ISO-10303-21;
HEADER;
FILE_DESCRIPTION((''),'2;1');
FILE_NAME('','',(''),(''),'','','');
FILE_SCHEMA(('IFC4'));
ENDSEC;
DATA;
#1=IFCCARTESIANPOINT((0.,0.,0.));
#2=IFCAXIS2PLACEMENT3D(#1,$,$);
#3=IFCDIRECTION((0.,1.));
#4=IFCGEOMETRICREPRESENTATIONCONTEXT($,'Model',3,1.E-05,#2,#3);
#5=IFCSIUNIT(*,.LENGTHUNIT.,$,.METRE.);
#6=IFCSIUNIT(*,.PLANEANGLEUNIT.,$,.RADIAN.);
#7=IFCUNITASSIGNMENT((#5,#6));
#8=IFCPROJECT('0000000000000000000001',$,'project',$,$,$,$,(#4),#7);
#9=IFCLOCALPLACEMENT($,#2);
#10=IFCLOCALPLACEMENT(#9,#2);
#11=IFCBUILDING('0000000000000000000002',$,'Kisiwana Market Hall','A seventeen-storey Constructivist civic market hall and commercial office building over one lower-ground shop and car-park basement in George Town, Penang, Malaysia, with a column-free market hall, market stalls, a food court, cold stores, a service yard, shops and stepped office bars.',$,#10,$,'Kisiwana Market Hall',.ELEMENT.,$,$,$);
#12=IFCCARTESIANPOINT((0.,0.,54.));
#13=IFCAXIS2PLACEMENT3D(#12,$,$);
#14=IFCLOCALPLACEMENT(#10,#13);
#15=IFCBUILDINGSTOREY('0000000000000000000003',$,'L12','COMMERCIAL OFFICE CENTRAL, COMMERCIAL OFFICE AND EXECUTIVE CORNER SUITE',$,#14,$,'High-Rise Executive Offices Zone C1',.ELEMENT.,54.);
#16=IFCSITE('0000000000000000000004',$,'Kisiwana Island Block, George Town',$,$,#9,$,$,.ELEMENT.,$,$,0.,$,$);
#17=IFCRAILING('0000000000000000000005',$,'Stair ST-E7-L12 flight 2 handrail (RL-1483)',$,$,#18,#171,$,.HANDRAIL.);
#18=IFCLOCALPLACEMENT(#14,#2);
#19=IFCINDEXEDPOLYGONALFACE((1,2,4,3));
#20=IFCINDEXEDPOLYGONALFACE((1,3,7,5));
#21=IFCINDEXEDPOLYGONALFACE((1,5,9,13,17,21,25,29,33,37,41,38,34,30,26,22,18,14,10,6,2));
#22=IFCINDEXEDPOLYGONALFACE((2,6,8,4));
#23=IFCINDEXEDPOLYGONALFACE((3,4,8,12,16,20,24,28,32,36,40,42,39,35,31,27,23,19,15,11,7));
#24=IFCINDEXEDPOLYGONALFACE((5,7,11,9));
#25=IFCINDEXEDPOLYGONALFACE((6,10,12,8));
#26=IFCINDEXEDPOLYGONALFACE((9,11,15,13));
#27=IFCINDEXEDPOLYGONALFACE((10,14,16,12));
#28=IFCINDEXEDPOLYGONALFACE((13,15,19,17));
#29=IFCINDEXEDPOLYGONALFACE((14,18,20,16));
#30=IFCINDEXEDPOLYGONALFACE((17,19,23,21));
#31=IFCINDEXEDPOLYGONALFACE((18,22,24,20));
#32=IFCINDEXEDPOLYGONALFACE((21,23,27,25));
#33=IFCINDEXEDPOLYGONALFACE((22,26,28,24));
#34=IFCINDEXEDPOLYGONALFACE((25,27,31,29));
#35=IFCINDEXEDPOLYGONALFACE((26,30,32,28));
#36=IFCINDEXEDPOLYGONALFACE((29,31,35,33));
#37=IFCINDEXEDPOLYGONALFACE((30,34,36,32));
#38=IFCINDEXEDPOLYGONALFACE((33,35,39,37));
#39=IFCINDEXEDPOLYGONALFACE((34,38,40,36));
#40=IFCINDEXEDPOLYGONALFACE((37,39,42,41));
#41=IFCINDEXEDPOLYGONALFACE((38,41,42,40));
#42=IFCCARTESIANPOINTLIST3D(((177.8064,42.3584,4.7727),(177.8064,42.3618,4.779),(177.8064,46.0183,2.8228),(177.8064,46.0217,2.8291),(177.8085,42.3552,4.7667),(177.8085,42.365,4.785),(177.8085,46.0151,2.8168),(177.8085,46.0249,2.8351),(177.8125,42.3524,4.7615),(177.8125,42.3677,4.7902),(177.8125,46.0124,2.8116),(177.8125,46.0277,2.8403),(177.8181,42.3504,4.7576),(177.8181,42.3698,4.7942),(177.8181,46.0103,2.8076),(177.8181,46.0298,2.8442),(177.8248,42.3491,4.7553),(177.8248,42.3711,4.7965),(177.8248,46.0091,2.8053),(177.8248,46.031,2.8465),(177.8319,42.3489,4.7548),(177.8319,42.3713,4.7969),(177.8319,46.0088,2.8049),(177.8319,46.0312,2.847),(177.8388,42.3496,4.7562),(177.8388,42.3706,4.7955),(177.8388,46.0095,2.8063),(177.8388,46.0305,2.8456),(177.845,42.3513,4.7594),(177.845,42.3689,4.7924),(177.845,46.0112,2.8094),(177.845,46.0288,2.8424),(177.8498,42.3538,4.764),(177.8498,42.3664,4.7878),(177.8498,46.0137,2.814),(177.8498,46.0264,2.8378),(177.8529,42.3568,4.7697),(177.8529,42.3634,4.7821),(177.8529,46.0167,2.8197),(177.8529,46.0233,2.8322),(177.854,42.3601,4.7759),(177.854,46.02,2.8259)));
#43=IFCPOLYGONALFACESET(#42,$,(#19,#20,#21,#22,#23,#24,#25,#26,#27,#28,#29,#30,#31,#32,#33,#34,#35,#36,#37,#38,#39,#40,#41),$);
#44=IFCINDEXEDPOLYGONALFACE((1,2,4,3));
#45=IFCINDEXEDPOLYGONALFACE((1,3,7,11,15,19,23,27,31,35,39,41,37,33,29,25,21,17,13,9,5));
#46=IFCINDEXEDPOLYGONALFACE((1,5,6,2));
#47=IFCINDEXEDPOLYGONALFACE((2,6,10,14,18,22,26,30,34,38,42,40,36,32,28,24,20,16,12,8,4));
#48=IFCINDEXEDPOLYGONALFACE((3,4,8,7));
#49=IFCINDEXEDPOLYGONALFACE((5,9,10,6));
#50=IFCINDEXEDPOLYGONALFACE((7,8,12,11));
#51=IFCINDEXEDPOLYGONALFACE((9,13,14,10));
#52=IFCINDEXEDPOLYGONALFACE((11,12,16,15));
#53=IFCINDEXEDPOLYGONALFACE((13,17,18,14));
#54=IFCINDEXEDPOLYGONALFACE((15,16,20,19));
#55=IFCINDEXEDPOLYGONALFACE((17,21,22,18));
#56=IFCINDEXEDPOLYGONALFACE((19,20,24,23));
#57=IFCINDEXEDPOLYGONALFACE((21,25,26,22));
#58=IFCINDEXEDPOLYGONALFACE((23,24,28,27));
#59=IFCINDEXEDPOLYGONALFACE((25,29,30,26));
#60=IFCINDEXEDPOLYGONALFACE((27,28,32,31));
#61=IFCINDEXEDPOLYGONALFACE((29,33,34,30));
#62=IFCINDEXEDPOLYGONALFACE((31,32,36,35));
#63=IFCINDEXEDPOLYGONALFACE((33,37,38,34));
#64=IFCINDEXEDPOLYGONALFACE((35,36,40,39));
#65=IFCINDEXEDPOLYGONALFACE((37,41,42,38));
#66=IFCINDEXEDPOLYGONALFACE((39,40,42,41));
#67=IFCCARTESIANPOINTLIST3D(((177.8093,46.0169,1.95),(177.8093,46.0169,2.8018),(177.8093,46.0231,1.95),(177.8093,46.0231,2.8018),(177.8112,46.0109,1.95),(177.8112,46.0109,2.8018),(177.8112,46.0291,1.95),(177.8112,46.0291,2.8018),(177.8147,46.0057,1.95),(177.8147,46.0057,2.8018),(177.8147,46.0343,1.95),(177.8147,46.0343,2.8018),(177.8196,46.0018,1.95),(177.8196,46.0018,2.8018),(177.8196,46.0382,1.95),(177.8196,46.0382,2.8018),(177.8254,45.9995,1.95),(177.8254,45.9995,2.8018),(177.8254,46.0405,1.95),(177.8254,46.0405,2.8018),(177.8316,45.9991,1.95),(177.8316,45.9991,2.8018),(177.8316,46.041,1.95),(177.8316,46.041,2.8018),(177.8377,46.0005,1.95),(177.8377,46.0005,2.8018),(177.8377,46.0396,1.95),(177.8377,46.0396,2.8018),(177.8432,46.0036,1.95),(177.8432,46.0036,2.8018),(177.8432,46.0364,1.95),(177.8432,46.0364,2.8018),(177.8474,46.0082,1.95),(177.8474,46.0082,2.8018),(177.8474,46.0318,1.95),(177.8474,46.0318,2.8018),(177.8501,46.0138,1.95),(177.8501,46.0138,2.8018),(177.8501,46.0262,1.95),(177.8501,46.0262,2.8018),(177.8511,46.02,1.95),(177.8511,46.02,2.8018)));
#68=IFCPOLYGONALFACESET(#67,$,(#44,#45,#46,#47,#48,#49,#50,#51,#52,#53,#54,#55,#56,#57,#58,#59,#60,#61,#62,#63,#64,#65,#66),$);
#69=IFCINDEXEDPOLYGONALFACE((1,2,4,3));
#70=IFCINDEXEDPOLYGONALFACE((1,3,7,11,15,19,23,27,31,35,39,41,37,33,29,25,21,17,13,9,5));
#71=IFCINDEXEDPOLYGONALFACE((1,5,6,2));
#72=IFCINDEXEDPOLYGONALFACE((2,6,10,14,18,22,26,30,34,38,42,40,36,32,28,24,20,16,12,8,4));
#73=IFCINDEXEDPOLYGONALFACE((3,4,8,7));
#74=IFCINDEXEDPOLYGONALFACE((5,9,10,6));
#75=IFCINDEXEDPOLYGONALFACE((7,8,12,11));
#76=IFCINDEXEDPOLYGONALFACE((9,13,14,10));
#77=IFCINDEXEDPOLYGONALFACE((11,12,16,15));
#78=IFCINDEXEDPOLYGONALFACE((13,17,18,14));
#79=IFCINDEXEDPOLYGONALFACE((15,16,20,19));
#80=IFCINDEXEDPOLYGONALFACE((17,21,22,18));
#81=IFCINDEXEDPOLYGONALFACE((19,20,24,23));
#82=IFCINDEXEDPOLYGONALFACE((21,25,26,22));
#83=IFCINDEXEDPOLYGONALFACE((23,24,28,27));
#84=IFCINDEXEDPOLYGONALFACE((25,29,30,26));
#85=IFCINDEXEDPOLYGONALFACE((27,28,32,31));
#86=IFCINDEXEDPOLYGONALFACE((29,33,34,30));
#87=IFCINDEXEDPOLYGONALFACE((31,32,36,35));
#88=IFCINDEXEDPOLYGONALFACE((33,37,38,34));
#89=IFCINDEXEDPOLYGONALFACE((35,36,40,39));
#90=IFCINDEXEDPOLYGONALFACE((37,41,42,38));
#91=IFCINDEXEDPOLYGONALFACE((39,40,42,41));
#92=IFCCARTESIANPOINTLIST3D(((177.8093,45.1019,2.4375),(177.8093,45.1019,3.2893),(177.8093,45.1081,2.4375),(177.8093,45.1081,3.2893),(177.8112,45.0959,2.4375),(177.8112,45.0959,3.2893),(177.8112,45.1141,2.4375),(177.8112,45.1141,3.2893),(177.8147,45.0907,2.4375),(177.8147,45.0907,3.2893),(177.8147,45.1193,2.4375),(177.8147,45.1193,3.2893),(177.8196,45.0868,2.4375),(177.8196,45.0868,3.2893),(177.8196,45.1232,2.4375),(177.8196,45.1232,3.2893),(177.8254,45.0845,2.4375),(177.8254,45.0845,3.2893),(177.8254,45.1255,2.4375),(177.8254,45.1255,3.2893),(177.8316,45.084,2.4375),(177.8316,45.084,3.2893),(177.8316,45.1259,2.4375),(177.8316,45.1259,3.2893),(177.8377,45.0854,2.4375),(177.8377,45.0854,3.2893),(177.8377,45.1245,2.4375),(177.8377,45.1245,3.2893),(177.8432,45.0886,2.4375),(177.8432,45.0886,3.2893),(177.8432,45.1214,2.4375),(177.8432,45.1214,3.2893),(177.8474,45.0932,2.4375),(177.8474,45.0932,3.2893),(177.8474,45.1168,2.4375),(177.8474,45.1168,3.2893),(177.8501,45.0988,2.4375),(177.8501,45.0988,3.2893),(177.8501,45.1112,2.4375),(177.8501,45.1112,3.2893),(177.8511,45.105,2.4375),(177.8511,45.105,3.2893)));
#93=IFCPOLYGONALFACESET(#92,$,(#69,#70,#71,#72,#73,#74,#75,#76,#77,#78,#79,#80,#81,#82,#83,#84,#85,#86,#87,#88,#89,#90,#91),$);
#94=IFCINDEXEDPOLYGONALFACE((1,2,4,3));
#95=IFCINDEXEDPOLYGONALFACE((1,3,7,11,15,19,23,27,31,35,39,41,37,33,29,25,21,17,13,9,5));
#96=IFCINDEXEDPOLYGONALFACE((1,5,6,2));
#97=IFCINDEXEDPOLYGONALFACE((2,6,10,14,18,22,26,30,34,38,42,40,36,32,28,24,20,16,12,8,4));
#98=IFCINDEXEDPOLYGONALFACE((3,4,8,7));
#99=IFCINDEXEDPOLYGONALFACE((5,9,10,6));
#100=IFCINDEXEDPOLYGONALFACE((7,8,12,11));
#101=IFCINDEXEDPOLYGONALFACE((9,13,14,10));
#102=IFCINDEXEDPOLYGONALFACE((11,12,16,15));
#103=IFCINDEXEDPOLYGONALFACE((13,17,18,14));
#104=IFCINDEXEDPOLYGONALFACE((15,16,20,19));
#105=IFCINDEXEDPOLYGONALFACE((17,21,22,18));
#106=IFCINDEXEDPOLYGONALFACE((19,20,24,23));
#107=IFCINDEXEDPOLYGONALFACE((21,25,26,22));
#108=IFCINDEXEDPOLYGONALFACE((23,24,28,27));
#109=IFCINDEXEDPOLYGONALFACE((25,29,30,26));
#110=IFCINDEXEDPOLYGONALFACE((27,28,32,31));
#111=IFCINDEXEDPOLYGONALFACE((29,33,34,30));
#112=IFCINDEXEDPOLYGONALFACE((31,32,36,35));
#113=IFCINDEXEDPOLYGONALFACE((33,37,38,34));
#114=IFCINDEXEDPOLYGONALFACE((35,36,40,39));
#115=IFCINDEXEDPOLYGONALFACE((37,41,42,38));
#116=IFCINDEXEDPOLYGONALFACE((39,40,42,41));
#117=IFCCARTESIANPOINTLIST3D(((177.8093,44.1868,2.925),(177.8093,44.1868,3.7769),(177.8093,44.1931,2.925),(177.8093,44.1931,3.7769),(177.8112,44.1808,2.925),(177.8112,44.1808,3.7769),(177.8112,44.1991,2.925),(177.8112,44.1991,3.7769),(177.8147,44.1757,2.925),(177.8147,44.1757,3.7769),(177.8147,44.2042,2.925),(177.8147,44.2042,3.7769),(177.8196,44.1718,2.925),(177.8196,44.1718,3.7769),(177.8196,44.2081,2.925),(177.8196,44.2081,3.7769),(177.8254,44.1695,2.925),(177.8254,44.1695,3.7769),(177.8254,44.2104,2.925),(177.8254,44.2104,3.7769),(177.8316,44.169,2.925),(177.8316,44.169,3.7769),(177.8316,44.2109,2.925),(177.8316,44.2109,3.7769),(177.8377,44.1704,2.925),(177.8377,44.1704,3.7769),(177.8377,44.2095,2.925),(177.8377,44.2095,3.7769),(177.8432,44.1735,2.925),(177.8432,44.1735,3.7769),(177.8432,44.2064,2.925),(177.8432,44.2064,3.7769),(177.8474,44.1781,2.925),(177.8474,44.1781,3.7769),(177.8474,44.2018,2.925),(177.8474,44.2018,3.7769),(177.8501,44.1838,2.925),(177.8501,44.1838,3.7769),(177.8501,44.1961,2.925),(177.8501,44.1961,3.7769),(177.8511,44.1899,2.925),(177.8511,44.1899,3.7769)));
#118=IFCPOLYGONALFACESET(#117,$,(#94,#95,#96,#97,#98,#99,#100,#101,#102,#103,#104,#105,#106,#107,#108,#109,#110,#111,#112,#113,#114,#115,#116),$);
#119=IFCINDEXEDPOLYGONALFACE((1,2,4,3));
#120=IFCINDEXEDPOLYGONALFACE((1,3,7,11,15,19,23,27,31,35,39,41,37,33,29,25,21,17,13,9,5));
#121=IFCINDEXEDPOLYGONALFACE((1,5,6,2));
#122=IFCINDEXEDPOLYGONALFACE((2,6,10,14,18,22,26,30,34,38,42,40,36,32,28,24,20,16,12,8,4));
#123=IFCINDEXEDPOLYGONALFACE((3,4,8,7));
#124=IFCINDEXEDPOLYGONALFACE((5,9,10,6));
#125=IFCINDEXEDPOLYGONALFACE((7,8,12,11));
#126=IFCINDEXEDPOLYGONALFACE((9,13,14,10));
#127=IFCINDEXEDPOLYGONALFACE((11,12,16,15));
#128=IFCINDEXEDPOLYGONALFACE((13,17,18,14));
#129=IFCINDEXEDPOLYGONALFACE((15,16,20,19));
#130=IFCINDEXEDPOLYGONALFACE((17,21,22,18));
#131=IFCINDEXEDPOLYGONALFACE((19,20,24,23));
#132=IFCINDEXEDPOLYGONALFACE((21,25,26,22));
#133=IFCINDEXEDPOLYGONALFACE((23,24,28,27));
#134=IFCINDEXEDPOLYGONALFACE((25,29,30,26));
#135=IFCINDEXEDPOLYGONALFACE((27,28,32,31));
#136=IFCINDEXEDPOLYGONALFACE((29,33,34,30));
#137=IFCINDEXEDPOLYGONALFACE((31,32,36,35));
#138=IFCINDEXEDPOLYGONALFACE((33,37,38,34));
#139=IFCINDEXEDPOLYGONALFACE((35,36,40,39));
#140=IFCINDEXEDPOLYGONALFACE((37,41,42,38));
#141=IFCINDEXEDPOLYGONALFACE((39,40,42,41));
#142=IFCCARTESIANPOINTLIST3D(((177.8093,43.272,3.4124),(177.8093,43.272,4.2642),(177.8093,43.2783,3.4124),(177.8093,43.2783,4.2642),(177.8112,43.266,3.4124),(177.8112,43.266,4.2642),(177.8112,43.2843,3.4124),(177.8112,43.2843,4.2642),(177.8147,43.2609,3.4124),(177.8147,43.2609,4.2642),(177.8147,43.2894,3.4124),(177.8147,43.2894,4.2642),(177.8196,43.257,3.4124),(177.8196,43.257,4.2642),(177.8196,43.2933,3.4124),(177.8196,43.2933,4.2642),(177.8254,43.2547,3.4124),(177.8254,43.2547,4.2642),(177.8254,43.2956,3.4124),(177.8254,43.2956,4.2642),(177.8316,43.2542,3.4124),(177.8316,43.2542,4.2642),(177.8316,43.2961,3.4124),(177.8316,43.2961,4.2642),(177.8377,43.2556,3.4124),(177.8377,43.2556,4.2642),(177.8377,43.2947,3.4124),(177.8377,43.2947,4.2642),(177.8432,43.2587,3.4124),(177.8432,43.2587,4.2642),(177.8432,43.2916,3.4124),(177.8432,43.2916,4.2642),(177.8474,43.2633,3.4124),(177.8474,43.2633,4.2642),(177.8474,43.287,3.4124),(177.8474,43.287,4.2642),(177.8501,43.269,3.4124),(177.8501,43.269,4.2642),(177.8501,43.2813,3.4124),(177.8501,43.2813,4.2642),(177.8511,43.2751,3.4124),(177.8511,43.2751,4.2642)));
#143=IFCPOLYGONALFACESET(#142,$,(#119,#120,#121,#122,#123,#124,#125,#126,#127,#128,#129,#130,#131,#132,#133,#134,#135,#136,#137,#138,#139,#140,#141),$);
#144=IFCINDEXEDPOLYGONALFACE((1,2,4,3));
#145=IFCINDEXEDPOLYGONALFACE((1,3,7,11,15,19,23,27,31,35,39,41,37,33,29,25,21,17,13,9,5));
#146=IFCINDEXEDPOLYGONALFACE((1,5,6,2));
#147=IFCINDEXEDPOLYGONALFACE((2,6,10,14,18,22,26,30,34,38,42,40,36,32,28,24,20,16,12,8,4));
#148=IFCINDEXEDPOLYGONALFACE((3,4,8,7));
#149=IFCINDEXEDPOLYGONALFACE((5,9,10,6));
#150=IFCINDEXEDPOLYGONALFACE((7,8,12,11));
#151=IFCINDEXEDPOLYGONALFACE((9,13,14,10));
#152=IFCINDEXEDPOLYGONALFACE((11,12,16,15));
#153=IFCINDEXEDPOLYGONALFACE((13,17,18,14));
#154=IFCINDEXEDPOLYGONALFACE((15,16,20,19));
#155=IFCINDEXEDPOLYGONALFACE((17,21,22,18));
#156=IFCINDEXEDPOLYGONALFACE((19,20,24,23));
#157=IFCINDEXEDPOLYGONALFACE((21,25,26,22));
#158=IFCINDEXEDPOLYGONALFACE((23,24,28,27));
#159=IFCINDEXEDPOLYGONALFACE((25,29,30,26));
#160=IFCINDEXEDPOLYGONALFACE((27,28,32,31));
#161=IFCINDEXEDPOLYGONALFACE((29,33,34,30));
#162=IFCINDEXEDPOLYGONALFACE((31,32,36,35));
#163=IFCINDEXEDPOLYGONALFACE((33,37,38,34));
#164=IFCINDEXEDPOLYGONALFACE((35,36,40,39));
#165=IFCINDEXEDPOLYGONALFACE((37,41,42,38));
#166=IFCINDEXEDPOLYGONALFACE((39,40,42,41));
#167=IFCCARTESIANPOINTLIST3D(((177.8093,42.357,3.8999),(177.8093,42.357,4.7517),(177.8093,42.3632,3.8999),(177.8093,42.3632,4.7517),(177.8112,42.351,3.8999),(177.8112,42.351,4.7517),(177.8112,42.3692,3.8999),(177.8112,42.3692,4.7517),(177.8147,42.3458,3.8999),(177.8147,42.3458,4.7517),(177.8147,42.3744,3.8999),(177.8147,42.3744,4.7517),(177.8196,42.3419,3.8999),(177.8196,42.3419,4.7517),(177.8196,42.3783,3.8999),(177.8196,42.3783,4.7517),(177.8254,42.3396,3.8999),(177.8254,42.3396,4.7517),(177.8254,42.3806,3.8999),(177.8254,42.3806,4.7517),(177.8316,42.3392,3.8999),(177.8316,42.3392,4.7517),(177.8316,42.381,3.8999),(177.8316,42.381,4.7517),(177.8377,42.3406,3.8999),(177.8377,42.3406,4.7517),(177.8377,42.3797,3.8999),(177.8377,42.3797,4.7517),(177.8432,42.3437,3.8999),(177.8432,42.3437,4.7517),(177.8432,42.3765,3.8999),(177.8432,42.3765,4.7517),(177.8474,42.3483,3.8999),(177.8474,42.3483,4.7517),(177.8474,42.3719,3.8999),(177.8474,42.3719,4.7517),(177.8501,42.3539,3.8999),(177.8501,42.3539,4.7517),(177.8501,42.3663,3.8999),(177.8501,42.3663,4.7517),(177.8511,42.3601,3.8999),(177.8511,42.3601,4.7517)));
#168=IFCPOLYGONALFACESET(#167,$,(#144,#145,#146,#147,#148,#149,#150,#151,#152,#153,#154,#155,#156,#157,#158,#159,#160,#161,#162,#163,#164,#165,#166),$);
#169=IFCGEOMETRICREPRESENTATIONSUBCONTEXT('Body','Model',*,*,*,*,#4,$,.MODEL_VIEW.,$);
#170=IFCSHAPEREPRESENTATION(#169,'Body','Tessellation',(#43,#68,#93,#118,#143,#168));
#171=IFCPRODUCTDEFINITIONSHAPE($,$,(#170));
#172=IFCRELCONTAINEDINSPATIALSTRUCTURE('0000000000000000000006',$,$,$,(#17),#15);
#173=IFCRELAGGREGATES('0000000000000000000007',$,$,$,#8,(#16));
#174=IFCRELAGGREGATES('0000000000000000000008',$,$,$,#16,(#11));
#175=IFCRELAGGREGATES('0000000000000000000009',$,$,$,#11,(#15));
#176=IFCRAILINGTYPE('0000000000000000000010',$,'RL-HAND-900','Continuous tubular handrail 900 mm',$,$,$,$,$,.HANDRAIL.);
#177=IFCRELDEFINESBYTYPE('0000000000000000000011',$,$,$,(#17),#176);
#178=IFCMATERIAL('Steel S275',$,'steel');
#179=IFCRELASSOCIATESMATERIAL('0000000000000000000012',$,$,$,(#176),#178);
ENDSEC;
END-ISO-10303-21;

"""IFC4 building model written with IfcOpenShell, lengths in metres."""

from ifc_helpers import new_model, si_unit, direction, frame, origin, origin_2d, place, context, subcontext, project, spatial, circle, extrude, material, type_object, element, save


model = new_model("IFC4")

# Units and contexts
model_context = context("Model", 3, precision=1e-05, world=origin(), true_north=direction((0.0, 1.0)))
body_context = subcontext(model_context, "Body", "Model", "MODEL_VIEW")
ifc_project = project(units=[si_unit("LENGTHUNIT", "METRE"), si_unit("PLANEANGLEUNIT", "RADIAN")], contexts=[model_context])

# Site, building, storey
site_placement = place(None, origin())
site = spatial("IfcSite", under=ifc_project, at=site_placement, Name="Kisiwana Island Block, George Town", CompositionType="ELEMENT", RefElevation=0.0)
building_placement = place(site_placement, origin())
building = spatial("IfcBuilding", under=site, at=building_placement, Name="Kisiwana Market Hall", Description="A seventeen-storey Constructivist civic market hall and commercial office building over one lower-ground shop and car-park basement in George Town, Penang, Malaysia, with a column-free market hall, market stalls, a food court, cold stores, a service yard, shops and stepped office bars.", LongName="Kisiwana Market Hall", CompositionType="ELEMENT")
storey_placement = place(building_placement, frame((0.0, 0.0, 54.0)))
storey = spatial("IfcBuildingStorey", under=building, at=storey_placement, Name="L12", Description="COMMERCIAL OFFICE CENTRAL, COMMERCIAL OFFICE AND EXECUTIVE CORNER SUITE", LongName="High-Rise Executive Offices Zone C1", CompositionType="ELEMENT", Elevation=54.0)

# Railing
ifc_material_1 = material(Name="Steel S275", Category="steel")
railing_type_1 = type_object("IfcRailingType", Name="RL-HAND-900", Description="Continuous tubular handrail 900 mm", PredefinedType="HANDRAIL", material=ifc_material_1)
railing_1_placement = place(storey_placement, frame((177.8301, 46.02, 1.95)))
element("IfcRailing", 1, at=railing_1_placement, inside=storey, type_object=railing_type_1, Name="Stair ST-E7-L12 flight 2 handrail (RL-1483)", PredefinedType="HANDRAIL", context=body_context, shape_type="SweptSolid", body=[
    extrude(circle(Radius=0.0239, at=origin_2d()), frame((0.0, 0.0, 0.876), z_axis=(0.0, -0.882553, 0.470212), x_axis=(1.0, 0.0, 0.0)), (0.0, 0.0, 1.0), 4.147),
    extrude(circle(Radius=0.021, at=origin_2d()), origin(), (0.0, 0.0, 1.0), 0.8518),
    extrude(circle(Radius=0.021, at=origin_2d()), frame((0.0, -0.915, 0.4875)), (0.0, 0.0, 1.0), 0.8518),
    extrude(circle(Radius=0.021, at=origin_2d()), frame((0.0, -1.8301, 0.9751)), (0.0, 0.0, 1.0), 0.8518),
    extrude(circle(Radius=0.021, at=origin_2d()), frame((0.0, -2.7449, 1.4624)), (0.0, 0.0, 1.0), 0.8518),
    extrude(circle(Radius=0.021, at=origin_2d()), frame((0.0, -3.6599, 1.95)), (0.0, 0.0, 1.0), 0.8518),
])

save(model, "model.ifc")
